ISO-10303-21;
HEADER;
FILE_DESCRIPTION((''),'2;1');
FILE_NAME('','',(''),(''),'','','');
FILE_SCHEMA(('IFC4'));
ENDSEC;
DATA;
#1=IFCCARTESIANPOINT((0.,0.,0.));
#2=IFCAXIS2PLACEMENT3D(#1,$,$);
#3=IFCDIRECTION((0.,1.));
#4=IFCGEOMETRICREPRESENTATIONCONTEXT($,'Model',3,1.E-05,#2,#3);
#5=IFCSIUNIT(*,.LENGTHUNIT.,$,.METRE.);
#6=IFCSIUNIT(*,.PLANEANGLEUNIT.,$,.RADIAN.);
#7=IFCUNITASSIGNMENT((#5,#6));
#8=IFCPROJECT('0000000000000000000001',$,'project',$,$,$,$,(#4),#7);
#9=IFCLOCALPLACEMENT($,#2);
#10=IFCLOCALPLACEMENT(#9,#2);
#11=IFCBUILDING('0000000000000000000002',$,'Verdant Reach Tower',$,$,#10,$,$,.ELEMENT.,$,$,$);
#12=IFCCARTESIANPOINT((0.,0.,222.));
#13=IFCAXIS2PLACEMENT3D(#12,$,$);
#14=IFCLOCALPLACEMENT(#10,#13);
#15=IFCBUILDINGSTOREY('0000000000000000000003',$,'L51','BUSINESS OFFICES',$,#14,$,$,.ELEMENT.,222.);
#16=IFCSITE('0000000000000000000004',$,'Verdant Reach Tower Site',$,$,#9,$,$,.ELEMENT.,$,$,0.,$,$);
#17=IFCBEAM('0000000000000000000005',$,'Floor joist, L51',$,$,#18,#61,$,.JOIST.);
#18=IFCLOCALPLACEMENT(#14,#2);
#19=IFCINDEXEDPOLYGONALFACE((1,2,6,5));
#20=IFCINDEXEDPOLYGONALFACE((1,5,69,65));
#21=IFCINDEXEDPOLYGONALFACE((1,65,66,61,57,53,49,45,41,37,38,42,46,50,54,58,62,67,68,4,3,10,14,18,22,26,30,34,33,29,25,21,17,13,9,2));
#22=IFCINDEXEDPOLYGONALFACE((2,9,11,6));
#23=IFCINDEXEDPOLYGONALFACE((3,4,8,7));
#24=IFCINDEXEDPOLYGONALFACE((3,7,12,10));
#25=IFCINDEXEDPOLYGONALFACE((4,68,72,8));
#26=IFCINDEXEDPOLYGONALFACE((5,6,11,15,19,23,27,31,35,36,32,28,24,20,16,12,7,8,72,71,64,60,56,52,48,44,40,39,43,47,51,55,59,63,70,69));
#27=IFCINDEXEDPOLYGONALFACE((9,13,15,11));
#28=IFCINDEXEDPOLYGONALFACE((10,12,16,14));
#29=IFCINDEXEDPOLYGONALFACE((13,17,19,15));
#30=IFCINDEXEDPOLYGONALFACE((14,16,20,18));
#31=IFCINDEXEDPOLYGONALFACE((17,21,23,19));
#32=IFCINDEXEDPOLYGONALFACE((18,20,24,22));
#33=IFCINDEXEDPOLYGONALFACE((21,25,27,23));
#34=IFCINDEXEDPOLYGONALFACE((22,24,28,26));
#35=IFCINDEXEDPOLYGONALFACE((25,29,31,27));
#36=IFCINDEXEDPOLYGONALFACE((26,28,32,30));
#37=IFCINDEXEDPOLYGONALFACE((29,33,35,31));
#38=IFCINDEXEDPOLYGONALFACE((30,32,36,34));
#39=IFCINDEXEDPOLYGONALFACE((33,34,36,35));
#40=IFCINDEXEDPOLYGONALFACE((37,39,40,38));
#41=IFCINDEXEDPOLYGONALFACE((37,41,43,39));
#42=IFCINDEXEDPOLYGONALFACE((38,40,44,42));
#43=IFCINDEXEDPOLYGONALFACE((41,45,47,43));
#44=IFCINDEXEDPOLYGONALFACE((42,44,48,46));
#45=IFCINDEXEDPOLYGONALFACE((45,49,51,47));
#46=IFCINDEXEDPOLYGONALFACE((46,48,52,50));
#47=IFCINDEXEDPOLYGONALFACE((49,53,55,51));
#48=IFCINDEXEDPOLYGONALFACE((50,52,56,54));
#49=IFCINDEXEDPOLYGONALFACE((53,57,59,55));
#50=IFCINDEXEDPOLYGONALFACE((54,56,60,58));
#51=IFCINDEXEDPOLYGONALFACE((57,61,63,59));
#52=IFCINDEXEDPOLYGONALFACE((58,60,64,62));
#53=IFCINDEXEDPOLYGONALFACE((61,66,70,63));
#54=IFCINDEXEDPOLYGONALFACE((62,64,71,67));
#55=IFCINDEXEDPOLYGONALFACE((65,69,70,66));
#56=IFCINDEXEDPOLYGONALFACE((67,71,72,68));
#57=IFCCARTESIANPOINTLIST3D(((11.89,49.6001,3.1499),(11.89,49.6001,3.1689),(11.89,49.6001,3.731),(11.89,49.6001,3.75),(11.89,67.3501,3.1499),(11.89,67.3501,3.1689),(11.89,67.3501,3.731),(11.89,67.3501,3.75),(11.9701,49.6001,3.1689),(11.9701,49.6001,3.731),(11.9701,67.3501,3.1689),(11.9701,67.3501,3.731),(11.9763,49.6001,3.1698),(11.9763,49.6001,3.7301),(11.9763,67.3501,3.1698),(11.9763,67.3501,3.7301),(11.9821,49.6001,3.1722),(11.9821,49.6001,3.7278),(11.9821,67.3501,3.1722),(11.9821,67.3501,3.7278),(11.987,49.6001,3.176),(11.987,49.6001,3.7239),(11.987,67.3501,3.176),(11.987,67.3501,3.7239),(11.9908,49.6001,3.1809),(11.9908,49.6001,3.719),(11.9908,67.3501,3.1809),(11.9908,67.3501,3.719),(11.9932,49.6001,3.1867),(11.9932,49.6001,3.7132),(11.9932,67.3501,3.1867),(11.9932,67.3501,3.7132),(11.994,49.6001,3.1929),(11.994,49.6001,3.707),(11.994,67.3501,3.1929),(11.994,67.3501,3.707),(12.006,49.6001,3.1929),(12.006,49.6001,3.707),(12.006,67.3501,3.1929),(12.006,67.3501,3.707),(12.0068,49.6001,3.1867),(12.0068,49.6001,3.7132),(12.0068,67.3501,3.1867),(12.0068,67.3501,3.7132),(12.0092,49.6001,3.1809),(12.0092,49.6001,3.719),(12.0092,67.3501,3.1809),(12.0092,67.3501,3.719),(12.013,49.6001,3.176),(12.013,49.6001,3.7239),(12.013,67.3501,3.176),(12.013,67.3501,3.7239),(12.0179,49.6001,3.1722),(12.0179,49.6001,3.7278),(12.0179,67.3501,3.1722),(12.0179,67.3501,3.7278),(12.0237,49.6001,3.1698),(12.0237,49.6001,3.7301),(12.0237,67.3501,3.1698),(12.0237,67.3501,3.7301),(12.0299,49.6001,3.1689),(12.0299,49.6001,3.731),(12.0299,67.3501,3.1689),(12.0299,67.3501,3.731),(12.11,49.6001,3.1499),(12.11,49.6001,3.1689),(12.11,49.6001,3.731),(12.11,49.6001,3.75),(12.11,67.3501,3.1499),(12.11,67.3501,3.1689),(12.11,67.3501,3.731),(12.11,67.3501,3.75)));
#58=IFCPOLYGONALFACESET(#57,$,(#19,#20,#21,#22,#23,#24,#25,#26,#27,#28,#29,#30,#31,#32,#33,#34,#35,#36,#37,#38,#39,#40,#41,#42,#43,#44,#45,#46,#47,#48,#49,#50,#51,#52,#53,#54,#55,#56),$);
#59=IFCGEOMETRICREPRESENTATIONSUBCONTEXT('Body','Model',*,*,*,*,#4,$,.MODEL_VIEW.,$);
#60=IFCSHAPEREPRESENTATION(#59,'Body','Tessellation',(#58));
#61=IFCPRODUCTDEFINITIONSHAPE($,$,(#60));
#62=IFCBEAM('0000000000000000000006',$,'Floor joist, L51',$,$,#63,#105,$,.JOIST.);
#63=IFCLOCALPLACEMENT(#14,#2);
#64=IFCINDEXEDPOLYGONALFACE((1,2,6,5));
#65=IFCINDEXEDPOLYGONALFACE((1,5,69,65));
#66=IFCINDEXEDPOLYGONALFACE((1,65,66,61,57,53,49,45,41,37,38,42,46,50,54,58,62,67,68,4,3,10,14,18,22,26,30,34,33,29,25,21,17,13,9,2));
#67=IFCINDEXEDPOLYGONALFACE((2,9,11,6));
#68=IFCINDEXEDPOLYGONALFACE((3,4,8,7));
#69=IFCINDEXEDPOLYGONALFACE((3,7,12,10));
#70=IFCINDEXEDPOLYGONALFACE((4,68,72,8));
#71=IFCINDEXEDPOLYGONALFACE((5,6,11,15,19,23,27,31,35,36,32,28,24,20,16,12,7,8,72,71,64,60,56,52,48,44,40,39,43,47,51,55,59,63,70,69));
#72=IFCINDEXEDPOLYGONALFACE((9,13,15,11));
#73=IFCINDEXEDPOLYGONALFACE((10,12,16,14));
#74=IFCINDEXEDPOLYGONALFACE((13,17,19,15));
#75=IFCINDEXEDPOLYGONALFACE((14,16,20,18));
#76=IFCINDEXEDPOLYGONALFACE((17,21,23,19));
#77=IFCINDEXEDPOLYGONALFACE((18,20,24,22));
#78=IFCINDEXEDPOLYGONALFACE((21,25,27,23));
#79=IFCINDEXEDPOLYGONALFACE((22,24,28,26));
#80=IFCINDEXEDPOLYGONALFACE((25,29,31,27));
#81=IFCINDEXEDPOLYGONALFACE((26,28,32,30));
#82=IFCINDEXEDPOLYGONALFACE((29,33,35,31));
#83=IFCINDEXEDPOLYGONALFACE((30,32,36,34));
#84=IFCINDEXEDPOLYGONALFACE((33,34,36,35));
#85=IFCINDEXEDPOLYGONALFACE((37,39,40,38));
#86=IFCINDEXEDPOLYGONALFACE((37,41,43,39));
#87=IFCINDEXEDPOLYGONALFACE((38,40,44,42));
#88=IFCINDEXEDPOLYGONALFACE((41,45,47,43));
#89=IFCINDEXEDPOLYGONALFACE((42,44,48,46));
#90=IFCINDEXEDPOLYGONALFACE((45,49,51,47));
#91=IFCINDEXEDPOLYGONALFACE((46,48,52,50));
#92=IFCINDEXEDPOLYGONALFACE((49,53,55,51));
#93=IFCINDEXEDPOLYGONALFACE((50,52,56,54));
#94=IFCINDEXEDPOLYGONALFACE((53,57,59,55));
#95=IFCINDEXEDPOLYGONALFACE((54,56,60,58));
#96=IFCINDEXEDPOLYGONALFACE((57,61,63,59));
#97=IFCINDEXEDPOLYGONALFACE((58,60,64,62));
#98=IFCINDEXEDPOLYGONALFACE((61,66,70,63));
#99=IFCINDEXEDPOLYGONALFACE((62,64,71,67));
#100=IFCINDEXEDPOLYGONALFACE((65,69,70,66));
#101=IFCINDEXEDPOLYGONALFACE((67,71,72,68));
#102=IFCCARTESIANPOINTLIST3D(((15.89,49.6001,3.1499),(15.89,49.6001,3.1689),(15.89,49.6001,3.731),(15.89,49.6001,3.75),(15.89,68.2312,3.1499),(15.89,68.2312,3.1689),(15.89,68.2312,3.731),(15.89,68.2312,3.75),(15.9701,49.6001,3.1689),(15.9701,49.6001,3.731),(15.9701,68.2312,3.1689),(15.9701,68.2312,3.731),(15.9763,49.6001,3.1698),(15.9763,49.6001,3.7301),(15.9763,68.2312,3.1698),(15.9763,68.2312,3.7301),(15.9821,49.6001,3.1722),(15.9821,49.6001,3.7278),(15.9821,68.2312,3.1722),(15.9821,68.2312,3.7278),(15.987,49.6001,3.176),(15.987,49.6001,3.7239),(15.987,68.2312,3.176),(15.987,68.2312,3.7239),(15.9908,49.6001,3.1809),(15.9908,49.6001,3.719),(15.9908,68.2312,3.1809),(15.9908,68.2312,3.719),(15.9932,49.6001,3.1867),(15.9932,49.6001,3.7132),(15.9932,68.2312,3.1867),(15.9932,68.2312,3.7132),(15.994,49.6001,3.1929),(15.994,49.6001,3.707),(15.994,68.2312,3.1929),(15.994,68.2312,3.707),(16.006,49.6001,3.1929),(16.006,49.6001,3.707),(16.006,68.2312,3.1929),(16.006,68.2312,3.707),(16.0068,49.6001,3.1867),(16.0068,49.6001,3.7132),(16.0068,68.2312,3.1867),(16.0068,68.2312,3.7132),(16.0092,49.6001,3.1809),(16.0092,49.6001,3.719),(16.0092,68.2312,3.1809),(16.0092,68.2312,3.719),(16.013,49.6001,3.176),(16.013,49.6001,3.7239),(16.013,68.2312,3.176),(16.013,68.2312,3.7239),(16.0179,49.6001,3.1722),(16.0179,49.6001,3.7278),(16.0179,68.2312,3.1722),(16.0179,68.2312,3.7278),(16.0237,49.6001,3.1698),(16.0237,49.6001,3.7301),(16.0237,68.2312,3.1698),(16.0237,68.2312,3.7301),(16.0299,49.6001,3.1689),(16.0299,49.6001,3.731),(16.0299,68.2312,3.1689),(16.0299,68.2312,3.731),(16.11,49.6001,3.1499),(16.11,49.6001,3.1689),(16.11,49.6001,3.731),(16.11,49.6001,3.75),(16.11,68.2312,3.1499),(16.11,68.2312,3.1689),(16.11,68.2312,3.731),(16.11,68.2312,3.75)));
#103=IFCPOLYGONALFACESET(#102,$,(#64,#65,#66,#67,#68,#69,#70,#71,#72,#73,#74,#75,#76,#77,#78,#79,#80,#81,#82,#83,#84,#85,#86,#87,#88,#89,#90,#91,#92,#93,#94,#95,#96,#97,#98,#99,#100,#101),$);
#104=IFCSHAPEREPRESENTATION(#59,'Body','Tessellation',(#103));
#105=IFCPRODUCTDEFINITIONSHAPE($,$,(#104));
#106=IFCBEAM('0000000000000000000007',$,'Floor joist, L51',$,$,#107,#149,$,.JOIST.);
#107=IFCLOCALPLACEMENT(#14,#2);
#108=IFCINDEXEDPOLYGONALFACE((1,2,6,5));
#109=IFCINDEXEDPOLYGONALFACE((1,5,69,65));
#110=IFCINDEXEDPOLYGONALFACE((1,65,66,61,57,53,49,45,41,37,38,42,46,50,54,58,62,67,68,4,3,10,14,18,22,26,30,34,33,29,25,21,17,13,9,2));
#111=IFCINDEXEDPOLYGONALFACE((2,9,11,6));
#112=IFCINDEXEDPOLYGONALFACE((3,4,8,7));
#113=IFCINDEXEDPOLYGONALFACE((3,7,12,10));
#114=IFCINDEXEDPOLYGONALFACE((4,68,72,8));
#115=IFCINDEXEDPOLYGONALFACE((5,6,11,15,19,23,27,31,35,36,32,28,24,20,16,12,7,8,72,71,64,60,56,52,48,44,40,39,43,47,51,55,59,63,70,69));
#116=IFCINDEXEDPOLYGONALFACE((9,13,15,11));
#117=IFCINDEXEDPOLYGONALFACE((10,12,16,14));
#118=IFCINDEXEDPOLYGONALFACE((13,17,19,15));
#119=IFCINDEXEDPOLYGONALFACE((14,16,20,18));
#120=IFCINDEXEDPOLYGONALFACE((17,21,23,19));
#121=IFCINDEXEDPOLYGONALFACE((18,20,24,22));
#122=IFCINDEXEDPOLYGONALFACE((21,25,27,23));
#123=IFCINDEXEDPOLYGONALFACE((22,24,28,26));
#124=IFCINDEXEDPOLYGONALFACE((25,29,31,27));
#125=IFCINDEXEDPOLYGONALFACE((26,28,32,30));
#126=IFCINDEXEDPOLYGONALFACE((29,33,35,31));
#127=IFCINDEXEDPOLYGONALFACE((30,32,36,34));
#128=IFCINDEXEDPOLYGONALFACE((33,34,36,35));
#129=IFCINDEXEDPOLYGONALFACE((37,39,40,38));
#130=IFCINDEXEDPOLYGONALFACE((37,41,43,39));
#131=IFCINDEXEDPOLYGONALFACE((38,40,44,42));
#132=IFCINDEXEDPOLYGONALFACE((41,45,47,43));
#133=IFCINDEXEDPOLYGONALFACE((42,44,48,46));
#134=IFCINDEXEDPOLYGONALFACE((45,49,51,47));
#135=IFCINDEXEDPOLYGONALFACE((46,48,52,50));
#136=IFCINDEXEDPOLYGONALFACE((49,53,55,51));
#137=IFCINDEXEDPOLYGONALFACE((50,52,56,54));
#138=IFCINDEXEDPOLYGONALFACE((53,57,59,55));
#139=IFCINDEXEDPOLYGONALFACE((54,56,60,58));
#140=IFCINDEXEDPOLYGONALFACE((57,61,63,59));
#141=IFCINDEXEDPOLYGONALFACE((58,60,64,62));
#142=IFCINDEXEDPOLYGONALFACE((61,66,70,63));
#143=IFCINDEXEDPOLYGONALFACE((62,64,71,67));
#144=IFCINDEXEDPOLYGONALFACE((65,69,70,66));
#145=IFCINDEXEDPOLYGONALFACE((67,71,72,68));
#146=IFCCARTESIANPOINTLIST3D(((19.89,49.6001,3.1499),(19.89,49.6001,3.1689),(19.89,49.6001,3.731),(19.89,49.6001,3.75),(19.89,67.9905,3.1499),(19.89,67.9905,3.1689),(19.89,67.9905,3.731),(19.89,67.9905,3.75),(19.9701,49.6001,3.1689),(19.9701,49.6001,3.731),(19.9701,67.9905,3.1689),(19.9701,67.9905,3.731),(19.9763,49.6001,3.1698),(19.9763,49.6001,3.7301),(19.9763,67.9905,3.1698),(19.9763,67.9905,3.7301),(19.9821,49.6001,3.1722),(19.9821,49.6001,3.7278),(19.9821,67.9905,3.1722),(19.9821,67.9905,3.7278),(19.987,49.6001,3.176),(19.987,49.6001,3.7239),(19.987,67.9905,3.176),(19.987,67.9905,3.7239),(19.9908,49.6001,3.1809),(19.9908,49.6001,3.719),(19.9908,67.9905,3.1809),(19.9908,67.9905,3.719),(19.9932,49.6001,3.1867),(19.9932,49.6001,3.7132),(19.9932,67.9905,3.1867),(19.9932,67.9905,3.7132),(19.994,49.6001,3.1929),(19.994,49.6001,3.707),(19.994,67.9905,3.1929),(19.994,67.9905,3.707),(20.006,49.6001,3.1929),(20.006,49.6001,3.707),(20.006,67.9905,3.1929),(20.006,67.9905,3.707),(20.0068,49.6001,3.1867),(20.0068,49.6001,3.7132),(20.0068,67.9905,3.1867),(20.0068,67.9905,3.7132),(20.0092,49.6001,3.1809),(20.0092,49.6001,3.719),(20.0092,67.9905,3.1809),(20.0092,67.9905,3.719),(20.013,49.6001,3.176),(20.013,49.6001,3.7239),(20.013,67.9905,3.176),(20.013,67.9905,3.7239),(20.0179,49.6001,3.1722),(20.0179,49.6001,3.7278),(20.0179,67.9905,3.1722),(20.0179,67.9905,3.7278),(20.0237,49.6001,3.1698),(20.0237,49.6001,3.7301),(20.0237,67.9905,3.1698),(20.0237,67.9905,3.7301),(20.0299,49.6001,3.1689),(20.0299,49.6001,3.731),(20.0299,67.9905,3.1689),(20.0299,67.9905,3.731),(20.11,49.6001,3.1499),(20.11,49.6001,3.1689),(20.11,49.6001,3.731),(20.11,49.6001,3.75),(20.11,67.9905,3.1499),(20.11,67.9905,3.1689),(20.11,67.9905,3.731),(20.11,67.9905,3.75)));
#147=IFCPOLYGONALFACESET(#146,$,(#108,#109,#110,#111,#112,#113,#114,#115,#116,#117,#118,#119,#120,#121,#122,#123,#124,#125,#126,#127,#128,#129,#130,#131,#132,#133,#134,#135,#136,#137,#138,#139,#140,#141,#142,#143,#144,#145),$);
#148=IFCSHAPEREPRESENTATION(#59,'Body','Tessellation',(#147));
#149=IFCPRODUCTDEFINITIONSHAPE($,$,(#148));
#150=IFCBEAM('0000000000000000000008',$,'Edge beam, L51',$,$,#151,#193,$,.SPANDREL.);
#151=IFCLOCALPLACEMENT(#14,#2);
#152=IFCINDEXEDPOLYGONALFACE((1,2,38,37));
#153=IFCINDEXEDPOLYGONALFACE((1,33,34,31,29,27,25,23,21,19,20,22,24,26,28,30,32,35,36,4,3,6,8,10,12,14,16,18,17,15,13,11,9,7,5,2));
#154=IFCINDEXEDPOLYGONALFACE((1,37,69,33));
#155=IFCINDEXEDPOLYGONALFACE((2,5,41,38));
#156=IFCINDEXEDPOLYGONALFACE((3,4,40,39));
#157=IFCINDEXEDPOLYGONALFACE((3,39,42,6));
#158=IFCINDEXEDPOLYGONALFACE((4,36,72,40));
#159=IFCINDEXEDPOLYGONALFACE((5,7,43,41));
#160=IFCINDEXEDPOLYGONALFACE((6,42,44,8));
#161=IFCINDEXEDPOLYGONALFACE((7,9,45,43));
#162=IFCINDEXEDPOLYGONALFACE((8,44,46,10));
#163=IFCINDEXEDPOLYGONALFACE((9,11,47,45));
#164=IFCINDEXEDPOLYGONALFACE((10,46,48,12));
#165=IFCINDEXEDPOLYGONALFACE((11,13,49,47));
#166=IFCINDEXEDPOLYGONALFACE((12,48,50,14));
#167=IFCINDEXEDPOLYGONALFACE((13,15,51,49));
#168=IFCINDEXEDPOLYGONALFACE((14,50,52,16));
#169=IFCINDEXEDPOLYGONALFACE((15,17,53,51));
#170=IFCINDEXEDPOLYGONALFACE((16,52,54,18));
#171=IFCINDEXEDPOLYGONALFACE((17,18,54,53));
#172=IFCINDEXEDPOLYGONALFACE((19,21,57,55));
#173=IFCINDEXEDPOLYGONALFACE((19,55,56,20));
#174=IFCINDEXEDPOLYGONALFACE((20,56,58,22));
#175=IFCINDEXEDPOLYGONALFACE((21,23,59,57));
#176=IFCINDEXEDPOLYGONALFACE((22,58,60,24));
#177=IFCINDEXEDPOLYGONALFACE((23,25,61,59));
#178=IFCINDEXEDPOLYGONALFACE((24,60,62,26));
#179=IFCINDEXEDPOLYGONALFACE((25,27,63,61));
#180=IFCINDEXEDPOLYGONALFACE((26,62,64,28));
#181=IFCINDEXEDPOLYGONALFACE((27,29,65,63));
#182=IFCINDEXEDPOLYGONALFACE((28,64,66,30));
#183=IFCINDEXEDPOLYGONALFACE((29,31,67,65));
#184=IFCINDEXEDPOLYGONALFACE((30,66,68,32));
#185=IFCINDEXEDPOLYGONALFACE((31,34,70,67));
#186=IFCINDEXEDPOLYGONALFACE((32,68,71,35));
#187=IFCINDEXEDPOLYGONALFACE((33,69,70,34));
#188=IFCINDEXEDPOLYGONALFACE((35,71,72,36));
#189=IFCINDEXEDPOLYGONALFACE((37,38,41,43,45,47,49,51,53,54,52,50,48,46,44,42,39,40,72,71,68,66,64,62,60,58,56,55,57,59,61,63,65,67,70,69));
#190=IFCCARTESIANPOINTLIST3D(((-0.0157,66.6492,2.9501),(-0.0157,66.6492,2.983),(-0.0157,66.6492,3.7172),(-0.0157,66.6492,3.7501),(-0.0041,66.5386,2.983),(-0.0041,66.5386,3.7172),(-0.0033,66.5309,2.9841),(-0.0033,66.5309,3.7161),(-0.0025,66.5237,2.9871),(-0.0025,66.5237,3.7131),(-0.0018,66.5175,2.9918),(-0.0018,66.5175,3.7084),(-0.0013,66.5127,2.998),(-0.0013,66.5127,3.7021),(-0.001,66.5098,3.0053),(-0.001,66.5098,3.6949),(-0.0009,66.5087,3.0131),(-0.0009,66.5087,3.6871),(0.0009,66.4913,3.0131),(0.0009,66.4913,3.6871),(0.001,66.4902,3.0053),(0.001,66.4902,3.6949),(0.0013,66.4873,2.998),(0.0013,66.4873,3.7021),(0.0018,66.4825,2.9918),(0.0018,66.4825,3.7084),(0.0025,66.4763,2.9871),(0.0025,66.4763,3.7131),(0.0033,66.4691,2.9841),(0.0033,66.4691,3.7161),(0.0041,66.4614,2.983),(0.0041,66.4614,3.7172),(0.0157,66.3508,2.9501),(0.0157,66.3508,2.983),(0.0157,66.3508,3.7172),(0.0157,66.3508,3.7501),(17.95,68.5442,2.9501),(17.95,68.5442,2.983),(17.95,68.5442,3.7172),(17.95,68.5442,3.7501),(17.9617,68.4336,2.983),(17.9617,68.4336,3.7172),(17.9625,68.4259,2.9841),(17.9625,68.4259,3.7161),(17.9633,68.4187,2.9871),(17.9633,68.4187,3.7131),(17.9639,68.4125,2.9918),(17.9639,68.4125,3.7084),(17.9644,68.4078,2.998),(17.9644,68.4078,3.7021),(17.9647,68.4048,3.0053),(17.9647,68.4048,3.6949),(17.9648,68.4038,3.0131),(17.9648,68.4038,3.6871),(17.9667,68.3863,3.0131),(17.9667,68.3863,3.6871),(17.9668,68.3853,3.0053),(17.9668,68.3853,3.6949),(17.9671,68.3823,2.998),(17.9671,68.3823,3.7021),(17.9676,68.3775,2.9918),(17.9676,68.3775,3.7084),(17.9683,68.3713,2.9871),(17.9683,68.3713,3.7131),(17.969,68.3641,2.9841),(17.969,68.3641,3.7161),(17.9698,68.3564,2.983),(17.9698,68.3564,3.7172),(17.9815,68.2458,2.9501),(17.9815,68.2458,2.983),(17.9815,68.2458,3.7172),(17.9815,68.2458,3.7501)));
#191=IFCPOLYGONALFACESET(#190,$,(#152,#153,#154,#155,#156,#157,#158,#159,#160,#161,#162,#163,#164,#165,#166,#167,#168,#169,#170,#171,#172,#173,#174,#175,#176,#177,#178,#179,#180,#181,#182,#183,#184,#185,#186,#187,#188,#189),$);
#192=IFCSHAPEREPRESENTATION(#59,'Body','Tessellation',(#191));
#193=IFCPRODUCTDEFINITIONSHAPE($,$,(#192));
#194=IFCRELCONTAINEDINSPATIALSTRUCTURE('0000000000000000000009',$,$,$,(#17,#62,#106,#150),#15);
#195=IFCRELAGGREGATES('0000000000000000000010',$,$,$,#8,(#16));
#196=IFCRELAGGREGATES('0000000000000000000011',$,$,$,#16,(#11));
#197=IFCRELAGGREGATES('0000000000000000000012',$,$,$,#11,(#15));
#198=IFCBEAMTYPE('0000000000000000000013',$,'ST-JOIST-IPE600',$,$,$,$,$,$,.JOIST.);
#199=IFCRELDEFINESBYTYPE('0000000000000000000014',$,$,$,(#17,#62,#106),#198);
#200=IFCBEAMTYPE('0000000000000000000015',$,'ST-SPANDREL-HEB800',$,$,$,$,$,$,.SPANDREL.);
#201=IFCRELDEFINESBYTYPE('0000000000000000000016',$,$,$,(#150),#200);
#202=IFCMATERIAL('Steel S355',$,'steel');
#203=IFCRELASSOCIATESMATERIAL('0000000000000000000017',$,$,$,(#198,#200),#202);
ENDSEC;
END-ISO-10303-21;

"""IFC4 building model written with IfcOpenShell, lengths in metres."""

from ifc_helpers import new_model, si_unit, direction, frame, origin, origin_2d, place, context, subcontext, project, spatial, i_section, extrude, material, material_profile, profile_set, type_object, element, save


model = new_model("IFC4")

# Units and contexts
model_context = context("Model", 3, precision=1e-05, world=origin(), true_north=direction((0.0, 1.0)))
body_context = subcontext(model_context, "Body", "Model", "MODEL_VIEW")
ifc_project = project(units=[si_unit("LENGTHUNIT", "METRE"), si_unit("PLANEANGLEUNIT", "RADIAN")], contexts=[model_context])

# Site, building, storey
site_placement = place(None, origin())
site = spatial("IfcSite", under=ifc_project, at=site_placement, Name="Verdant Reach Tower Site", CompositionType="ELEMENT", RefElevation=0.0)
building_placement = place(site_placement, origin())
building = spatial("IfcBuilding", under=site, at=building_placement, Name="Verdant Reach Tower", CompositionType="ELEMENT")
storey_placement = place(building_placement, frame((0.0, 0.0, 222.0)))
storey = spatial("IfcBuildingStorey", under=building, at=storey_placement, Name="L51", Description="BUSINESS OFFICES", CompositionType="ELEMENT", Elevation=222.0)

# Beams
ifc_material_1 = material(Name="Steel S355", Category="steel")
ifc_material_profile_1 = material_profile(ifc_material_1, i_section(OverallWidth=0.22, OverallDepth=0.6001, WebThickness=0.012, FlangeThickness=0.019, FilletRadius=0.0239, at=origin_2d()), Name="IPE 600")
ifc_profile_set_1 = profile_set([ifc_material_profile_1], Name="Steel S355")
beam_type_1 = type_object("IfcBeamType", Name="ST-JOIST-IPE600", PredefinedType="JOIST", material=ifc_profile_set_1)
beam_1_placement = place(storey_placement, frame((12.0, 49.6001, 3.45), z_axis=(0.0, 1.0, 0.0), x_axis=(-1.0, 0.0, 0.0)))
element("IfcBeam", 1, at=beam_1_placement, inside=storey, type_object=beam_type_1, Name="Floor joist, L51", PredefinedType="JOIST", context=body_context, shape_type="SweptSolid", body=[
    extrude(i_section(OverallWidth=0.22, OverallDepth=0.6001, WebThickness=0.012, FlangeThickness=0.019, FilletRadius=0.0239, at=origin_2d()), origin(), (0.0, 0.0, 1.0), 17.75),
])
beam_2_placement = place(storey_placement, frame((16.0, 49.6001, 3.45), z_axis=(0.0, 1.0, 0.0), x_axis=(-1.0, 0.0, 0.0)))
element("IfcBeam", 2, at=beam_2_placement, inside=storey, type_object=beam_type_1, Name="Floor joist, L51", PredefinedType="JOIST", context=body_context, shape_type="SweptSolid", body=[
    extrude(i_section(OverallWidth=0.22, OverallDepth=0.6001, WebThickness=0.012, FlangeThickness=0.019, FilletRadius=0.0239, at=origin_2d()), origin(), (0.0, 0.0, 1.0), 18.6311),
])
beam_3_placement = place(storey_placement, frame((20.0, 49.6001, 3.45), z_axis=(0.0, 1.0, 0.0), x_axis=(-1.0, 0.0, 0.0)))
element("IfcBeam", 3, at=beam_3_placement, inside=storey, type_object=beam_type_1, Name="Floor joist, L51", PredefinedType="JOIST", context=body_context, shape_type="SweptSolid", body=[
    extrude(i_section(OverallWidth=0.22, OverallDepth=0.6001, WebThickness=0.012, FlangeThickness=0.019, FilletRadius=0.0239, at=origin_2d()), origin(), (0.0, 0.0, 1.0), 18.3904),
])
ifc_material_profile_2 = material_profile(ifc_material_1, i_section(OverallWidth=0.3, OverallDepth=0.8, WebThickness=0.0176, FlangeThickness=0.033, FilletRadius=0.03, at=origin_2d()), Name="HEB 800")
ifc_profile_set_2 = profile_set([ifc_material_profile_2], Name="Steel S355")
beam_type_2 = type_object("IfcBeamType", Name="ST-SPANDREL-HEB800", PredefinedType="SPANDREL", material=ifc_profile_set_2)
beam_4_placement = place(storey_placement, frame((0.0, 66.5, 3.3501), z_axis=(0.994483, 0.104897, 0.0), x_axis=(-0.104897, 0.994483, 0.0)))
element("IfcBeam", 4, at=beam_4_placement, inside=storey, type_object=beam_type_2, Name="Edge beam, L51", PredefinedType="SPANDREL", context=body_context, shape_type="SweptSolid", body=[
    extrude(i_section(OverallWidth=0.3, OverallDepth=0.8, WebThickness=0.0176, FlangeThickness=0.033, FilletRadius=0.03, at=origin_2d()), origin(), (0.0, 0.0, 1.0), 18.0654),
])

save(model, "model.ifc")
